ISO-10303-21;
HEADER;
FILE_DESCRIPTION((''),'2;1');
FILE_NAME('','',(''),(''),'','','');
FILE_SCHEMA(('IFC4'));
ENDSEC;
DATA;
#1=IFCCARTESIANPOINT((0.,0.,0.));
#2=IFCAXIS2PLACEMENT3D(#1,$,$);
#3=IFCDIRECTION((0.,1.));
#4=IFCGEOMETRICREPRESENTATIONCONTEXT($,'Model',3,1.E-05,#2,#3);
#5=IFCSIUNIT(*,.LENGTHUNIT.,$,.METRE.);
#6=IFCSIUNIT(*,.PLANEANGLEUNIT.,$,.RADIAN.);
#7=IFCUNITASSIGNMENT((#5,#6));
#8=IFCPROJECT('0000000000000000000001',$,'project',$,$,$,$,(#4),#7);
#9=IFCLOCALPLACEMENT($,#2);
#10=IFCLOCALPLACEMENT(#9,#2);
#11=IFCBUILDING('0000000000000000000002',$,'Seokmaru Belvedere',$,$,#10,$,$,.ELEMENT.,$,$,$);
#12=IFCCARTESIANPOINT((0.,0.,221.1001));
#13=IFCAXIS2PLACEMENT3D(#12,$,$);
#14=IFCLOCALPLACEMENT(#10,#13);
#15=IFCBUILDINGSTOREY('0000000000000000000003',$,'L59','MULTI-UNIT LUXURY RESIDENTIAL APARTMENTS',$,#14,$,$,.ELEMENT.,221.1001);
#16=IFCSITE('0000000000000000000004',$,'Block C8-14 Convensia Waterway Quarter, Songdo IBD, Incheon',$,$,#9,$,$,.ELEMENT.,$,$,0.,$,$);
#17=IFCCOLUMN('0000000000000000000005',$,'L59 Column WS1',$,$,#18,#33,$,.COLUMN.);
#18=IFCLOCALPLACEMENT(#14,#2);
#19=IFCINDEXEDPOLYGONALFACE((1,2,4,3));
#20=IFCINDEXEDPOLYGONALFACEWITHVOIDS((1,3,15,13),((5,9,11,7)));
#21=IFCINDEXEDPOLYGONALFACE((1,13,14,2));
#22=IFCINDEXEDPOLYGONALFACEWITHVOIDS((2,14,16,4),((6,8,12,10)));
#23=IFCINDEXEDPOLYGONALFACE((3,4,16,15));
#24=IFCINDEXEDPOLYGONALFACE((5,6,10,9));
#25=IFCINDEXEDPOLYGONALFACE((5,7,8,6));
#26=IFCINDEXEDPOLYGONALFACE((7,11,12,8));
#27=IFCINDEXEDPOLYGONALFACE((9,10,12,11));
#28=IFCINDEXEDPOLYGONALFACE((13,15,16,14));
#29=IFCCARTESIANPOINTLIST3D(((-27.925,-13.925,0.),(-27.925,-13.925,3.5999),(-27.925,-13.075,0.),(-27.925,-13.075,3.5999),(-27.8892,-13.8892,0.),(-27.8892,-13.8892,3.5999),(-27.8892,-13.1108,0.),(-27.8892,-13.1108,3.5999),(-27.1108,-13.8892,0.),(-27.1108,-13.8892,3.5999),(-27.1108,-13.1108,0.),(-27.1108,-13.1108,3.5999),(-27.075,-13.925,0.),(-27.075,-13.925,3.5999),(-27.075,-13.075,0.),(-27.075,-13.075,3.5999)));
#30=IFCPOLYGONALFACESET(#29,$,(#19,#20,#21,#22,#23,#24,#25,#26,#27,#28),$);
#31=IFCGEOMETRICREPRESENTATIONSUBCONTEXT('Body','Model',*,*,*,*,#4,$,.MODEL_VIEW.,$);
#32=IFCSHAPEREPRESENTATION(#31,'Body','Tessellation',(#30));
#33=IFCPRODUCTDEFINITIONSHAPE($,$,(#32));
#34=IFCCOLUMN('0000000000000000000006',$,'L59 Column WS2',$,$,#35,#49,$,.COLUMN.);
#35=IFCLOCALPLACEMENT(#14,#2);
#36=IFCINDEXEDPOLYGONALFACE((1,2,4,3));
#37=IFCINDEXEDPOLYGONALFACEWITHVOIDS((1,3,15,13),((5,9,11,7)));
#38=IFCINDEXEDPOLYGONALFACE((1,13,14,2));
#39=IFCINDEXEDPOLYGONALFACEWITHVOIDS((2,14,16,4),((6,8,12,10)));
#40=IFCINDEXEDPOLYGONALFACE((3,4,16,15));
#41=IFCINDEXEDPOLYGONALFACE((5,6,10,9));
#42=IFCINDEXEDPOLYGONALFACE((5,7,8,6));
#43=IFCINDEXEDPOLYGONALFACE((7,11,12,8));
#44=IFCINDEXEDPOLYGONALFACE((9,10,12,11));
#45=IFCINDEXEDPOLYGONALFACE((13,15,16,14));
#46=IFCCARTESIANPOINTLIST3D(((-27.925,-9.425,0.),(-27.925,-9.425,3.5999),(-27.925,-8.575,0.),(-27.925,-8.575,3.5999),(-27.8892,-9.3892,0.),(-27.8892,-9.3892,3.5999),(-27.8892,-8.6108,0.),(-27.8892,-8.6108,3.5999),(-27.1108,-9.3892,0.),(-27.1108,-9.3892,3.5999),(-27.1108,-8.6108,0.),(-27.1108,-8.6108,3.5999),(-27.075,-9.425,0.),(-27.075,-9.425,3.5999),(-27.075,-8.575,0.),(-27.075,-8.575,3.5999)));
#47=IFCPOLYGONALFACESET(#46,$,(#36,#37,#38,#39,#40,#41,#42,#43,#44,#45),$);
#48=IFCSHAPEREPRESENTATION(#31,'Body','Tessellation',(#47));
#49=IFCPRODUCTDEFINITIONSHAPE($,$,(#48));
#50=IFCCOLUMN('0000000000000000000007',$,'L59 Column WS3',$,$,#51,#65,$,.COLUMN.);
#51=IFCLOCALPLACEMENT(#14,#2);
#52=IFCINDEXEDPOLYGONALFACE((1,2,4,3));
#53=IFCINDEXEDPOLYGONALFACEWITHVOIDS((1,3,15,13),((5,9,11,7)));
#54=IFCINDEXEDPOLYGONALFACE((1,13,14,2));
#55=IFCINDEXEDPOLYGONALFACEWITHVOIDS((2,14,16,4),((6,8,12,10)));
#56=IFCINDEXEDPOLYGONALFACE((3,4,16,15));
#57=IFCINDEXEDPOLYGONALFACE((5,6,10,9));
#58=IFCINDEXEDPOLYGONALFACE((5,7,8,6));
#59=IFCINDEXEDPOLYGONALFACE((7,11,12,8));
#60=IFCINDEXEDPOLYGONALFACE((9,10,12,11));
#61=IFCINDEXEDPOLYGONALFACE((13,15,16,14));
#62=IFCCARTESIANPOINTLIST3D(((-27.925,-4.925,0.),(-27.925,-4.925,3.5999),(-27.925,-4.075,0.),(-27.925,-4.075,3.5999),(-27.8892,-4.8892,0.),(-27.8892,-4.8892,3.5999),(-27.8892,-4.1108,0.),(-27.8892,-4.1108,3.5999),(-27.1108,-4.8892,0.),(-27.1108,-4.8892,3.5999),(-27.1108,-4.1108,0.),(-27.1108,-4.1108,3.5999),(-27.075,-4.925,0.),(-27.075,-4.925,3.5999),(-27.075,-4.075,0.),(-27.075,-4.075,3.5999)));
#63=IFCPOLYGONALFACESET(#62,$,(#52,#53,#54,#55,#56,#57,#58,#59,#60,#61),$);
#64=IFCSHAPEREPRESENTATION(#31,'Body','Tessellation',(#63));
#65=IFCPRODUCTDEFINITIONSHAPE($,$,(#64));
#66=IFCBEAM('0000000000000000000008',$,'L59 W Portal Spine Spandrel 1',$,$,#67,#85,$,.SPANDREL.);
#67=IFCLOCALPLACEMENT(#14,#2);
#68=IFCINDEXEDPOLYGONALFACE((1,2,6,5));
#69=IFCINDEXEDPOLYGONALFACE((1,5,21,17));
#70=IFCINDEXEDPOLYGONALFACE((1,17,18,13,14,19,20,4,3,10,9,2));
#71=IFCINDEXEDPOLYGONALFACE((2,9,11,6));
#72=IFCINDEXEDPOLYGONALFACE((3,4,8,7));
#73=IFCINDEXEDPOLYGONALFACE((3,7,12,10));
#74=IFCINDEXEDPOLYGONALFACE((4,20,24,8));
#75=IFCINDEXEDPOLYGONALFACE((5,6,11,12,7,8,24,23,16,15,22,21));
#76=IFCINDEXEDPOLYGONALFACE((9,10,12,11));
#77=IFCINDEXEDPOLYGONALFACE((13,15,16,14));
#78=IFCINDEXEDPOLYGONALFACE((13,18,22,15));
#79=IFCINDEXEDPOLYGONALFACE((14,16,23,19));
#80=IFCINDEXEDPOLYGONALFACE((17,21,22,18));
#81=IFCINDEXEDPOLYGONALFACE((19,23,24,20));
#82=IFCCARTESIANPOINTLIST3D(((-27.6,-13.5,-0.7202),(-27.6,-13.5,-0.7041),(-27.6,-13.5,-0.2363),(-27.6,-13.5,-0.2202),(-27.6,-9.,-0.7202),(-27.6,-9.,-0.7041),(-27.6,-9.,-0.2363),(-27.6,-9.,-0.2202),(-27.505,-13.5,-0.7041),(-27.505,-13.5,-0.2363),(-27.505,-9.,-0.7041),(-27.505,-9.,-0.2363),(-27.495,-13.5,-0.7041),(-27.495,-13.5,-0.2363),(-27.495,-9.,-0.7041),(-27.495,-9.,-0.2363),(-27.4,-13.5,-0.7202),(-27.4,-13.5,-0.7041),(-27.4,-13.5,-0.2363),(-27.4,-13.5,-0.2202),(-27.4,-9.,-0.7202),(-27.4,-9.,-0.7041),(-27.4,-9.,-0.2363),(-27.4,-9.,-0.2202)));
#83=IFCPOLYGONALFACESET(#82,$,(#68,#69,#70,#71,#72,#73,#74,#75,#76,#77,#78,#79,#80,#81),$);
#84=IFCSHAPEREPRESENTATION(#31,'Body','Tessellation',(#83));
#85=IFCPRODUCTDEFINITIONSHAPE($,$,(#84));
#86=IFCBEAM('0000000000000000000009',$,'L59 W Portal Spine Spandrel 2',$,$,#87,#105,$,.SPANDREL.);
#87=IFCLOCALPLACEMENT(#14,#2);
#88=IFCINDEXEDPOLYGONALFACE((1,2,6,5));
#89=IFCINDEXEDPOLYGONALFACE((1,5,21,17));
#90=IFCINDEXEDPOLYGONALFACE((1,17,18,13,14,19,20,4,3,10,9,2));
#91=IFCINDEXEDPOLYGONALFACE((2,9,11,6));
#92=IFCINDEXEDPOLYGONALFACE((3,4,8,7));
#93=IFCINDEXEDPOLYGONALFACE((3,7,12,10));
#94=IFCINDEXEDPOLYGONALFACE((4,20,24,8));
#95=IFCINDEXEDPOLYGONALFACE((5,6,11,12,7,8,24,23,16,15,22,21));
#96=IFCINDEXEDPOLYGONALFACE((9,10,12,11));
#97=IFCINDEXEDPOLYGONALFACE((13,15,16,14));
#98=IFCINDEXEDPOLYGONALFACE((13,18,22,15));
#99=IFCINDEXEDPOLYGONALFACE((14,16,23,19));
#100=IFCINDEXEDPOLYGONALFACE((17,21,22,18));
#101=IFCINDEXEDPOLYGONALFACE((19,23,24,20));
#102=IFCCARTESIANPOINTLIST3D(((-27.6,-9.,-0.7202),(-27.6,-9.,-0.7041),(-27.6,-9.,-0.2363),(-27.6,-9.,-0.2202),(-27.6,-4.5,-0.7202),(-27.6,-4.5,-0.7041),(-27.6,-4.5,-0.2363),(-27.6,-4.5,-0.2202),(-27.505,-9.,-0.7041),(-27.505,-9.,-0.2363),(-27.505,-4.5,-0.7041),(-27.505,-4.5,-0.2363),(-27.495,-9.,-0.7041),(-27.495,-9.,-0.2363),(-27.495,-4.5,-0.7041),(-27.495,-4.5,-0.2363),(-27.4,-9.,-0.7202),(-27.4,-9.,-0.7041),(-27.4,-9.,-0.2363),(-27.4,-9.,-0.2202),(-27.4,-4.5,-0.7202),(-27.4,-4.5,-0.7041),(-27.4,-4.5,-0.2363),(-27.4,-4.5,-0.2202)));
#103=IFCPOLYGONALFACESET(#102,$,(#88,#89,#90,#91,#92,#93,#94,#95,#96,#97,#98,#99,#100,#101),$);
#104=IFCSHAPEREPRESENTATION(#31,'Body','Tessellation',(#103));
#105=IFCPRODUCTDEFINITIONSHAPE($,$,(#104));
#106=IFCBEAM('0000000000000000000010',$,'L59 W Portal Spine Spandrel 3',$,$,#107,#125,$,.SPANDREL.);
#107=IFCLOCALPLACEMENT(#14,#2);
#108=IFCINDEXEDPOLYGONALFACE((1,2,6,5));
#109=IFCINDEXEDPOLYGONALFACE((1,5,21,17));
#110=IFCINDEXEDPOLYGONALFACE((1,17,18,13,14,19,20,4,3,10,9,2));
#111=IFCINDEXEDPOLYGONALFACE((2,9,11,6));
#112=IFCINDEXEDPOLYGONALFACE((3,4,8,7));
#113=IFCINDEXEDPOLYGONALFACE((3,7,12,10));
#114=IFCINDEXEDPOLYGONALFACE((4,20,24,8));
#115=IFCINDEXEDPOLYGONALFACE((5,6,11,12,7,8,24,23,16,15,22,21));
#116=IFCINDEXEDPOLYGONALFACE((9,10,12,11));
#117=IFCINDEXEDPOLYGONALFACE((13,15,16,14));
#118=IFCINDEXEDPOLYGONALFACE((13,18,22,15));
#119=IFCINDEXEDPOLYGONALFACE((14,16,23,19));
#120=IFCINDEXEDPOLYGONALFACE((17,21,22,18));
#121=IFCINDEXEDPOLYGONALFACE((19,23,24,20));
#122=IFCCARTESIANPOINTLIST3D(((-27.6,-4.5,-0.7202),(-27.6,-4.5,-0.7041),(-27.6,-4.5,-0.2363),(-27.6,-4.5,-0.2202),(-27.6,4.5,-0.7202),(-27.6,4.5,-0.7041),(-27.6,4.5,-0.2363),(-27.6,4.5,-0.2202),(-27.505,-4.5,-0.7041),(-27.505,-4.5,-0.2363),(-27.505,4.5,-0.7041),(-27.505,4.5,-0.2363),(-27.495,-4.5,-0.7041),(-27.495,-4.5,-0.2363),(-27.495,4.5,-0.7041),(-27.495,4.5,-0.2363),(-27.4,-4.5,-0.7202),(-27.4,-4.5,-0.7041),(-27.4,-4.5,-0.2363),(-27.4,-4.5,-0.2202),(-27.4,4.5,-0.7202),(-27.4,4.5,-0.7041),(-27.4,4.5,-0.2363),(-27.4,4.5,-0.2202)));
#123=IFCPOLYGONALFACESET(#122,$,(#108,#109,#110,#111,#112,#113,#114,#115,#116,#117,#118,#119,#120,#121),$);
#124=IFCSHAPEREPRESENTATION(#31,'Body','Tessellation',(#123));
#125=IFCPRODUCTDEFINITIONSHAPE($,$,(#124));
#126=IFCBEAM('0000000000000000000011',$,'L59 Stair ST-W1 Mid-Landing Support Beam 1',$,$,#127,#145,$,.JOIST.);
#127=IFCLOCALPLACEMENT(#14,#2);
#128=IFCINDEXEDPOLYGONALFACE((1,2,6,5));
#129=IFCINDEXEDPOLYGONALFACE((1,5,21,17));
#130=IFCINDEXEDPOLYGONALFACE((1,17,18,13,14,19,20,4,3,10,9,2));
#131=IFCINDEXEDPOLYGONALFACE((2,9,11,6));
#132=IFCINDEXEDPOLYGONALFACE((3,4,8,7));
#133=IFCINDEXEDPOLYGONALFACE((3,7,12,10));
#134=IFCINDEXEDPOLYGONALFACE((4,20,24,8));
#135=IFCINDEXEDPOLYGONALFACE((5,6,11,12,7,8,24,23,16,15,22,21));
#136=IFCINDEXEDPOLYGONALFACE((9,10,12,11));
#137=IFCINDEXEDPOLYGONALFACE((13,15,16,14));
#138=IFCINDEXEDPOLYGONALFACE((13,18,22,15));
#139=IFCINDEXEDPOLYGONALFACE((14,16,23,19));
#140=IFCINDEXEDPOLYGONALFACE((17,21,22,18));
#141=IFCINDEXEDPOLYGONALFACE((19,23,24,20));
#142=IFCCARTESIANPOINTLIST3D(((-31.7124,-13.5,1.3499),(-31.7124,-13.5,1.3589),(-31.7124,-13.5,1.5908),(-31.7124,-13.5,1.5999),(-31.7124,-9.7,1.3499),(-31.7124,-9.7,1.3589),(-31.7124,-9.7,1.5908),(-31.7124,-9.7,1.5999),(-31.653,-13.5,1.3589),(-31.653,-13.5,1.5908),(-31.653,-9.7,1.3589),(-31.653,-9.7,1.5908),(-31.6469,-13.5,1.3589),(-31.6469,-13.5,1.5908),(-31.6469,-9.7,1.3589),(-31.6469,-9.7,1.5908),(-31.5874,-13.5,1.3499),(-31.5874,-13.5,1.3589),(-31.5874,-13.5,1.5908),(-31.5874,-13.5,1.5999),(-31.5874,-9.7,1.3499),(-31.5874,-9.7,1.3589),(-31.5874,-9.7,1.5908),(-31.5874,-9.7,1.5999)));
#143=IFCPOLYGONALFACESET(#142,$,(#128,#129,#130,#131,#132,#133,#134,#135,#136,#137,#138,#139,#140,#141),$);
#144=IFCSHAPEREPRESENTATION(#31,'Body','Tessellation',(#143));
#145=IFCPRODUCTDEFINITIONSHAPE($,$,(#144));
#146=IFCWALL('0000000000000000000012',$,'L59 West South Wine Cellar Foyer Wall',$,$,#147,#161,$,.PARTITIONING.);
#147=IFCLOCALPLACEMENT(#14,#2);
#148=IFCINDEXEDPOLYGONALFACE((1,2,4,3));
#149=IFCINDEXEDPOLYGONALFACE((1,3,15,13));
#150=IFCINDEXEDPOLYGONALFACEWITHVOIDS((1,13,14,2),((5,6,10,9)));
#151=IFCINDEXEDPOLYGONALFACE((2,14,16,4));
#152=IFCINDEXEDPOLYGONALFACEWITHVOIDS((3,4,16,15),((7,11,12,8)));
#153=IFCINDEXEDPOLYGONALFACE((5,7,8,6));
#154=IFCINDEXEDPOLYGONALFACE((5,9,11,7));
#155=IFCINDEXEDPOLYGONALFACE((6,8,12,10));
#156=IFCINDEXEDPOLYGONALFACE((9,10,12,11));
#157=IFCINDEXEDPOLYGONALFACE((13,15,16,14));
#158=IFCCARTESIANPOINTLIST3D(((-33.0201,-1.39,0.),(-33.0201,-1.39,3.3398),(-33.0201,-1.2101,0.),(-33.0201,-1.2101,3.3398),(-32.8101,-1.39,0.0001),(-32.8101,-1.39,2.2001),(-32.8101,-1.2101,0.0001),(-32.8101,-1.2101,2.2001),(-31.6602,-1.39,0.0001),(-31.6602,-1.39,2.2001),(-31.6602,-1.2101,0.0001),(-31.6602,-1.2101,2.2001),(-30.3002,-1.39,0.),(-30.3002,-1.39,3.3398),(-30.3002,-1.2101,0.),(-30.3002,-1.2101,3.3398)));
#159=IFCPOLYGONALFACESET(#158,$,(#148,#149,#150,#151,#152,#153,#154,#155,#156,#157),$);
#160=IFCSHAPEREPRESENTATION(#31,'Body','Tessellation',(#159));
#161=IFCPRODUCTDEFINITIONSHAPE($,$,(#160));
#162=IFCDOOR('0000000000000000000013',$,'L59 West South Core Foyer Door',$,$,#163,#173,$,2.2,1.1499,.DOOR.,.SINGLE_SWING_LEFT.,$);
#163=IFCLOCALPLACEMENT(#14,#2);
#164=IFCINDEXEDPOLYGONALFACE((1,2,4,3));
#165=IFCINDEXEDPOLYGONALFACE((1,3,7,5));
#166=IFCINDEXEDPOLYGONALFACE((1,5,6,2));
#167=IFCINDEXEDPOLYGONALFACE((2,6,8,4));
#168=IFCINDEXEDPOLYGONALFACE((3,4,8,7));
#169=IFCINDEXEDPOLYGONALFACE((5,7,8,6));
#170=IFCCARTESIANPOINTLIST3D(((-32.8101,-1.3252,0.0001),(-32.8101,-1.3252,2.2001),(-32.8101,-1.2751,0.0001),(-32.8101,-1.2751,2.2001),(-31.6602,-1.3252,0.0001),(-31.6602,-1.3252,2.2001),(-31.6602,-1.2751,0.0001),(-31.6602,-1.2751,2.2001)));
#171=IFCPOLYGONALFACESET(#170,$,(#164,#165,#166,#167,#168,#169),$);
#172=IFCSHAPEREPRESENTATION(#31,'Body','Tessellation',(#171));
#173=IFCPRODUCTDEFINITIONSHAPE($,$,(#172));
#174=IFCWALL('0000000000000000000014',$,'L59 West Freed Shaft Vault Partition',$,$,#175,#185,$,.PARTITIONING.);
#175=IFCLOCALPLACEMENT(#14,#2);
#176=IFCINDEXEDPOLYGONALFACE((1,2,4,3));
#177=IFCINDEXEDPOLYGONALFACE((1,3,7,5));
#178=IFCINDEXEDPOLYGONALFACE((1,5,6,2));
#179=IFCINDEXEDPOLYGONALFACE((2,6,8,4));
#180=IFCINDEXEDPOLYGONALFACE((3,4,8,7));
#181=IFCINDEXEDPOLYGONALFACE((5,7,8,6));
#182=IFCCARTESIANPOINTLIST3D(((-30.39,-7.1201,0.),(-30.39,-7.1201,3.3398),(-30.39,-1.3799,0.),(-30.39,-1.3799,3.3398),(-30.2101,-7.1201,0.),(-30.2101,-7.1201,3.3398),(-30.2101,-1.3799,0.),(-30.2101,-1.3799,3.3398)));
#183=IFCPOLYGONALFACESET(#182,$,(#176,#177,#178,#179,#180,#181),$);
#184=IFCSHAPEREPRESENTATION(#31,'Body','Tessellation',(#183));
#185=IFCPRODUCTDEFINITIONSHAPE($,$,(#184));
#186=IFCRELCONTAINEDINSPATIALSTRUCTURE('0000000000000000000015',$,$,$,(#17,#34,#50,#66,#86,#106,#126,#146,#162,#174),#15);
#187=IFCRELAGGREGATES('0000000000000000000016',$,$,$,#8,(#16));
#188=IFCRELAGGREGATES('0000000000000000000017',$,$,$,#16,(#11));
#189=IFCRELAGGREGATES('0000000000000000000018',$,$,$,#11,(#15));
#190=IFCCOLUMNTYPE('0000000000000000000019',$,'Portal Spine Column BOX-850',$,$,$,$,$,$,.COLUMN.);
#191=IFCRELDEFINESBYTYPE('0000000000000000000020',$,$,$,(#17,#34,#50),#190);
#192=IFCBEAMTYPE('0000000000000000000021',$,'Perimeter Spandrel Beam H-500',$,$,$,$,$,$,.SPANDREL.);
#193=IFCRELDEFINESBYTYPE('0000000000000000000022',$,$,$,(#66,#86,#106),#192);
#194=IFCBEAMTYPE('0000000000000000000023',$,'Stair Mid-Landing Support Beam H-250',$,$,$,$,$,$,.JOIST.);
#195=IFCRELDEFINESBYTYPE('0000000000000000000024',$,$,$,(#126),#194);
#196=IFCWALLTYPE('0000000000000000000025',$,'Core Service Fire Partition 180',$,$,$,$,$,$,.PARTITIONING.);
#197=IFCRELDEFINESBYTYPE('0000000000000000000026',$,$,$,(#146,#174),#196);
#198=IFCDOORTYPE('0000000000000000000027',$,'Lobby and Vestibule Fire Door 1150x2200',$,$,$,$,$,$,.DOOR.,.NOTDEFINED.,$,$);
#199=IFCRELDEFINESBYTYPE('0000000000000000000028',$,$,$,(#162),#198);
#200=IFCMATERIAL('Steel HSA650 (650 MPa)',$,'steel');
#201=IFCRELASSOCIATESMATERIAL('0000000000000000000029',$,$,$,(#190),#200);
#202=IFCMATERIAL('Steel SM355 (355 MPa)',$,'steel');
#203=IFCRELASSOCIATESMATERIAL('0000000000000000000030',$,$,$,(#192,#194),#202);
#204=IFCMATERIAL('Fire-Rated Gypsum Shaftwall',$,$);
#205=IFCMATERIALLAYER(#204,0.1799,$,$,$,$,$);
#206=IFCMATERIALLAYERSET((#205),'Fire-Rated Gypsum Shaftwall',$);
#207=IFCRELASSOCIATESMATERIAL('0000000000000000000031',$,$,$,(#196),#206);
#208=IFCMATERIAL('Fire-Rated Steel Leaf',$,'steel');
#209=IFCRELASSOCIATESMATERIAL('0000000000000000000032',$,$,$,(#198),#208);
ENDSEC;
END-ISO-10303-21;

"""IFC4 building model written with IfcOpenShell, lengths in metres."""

from ifc_helpers import new_model, si_unit, direction, frame, frame_2d, origin, origin_2d, place, context, subcontext, project, spatial, rectangle, hollow_rectangle, i_section, extrude, source, transform, mapped, material, layer, layer_set, material_profile, profile_set, type_object, type_shapes, element, fill, save


model = new_model("IFC4")

# Units and contexts
model_context = context("Model", 3, precision=1e-05, world=origin(), true_north=direction((0.0, 1.0)))
body_context = subcontext(model_context, "Body", "Model", "MODEL_VIEW")
ifc_project = project(units=[si_unit("LENGTHUNIT", "METRE"), si_unit("PLANEANGLEUNIT", "RADIAN")], contexts=[model_context])

# Site, building, storey
site_placement = place(None, origin())
site = spatial("IfcSite", under=ifc_project, at=site_placement, Name="Block C8-14 Convensia Waterway Quarter, Songdo IBD, Incheon", CompositionType="ELEMENT", RefElevation=0.0)
building_placement = place(site_placement, origin())
building = spatial("IfcBuilding", under=site, at=building_placement, Name="Seokmaru Belvedere", CompositionType="ELEMENT")
storey_placement = place(building_placement, frame((0.0, 0.0, 221.1001)))
storey = spatial("IfcBuildingStorey", under=building, at=storey_placement, Name="L59", Description="MULTI-UNIT LUXURY RESIDENTIAL APARTMENTS", CompositionType="ELEMENT", Elevation=221.1001)

# Columns
ifc_material_1 = material(Name="Steel HSA650 (650 MPa)", Category="steel")
ifc_material_profile_1 = material_profile(ifc_material_1, hollow_rectangle(XDim=0.8501, YDim=0.8501, WallThickness=0.0359, at=origin_2d()), Name="BOX-850x850x36")
ifc_profile_set_1 = profile_set([ifc_material_profile_1], Name="Steel HSA650 (650 MPa)")
column_type = type_object("IfcColumnType", Name="Portal Spine Column BOX-850", PredefinedType="COLUMN", material=ifc_profile_set_1)
shared_shape_1 = source(origin(), body_context, "Body", "SweptSolid", [
    extrude(hollow_rectangle(XDim=0.8501, YDim=0.8501, WallThickness=0.0359, at=origin_2d()), origin(), (0.0, 0.0, 1.0), 3.5999),
])
type_shapes(column_type, [shared_shape_1])
for number, where, z_axis, x_axis, name in (
    (1, (-27.5, -13.5, 0.0), (0.0, 0.0, 1.0), (1.0, 0.0, 0.0), "L59 Column WS1"),
    (2, (-27.5, -9.0, 0.0), (0.0, 0.0, 1.0), (1.0, 0.0, 0.0), "L59 Column WS2"),
    (3, (-27.5, -4.5, 0.0), (0.0, 0.0, 1.0), (1.0, 0.0, 0.0), "L59 Column WS3"),
):
    element("IfcColumn", number, at=place(storey_placement, frame(where, z_axis=z_axis, x_axis=x_axis)), inside=storey, type_object=column_type, Name=name, PredefinedType="COLUMN", context=body_context, shape_type="MappedRepresentation", body=[
        mapped(shared_shape_1, transform((0.0, 0.0, 0.0), scale=1.0)),
    ])

# Beams
ifc_material_2 = material(Name="Steel SM355 (355 MPa)", Category="steel")
ifc_material_profile_2 = material_profile(ifc_material_2, i_section(OverallWidth=0.2, OverallDepth=0.5, WebThickness=0.01, FlangeThickness=0.0161, at=origin_2d()), Name="H-500x200x10x16")
ifc_profile_set_2 = profile_set([ifc_material_profile_2], Name="Steel SM355 (355 MPa)")
beam_type_1 = type_object("IfcBeamType", Name="Perimeter Spandrel Beam H-500", PredefinedType="SPANDREL", material=ifc_profile_set_2)
shared_shape_2 = source(origin(), body_context, "Body", "SweptSolid", [
    extrude(i_section(OverallWidth=0.2, OverallDepth=0.5, WebThickness=0.01, FlangeThickness=0.0161, at=origin_2d()), origin(), (0.0, 0.0, 1.0), 4.5),
])
for number, where, z_axis, x_axis, name in (
    (4, (-27.5, -13.5, -0.4702), (0.0, 1.0, 0.0), (-1.0, 0.0, 0.0), "L59 W Portal Spine Spandrel 1"),
    (5, (-27.5, -9.0, -0.4702), (0.0, 1.0, 0.0), (-1.0, 0.0, 0.0), "L59 W Portal Spine Spandrel 2"),
):
    element("IfcBeam", number, at=place(storey_placement, frame(where, z_axis=z_axis, x_axis=x_axis)), inside=storey, type_object=beam_type_1, Name=name, PredefinedType="SPANDREL", context=body_context, shape_type="MappedRepresentation", body=[
        mapped(shared_shape_2, transform((0.0, 0.0, 0.0), scale=1.0)),
    ])
shared_shape_3 = source(origin(), body_context, "Body", "SweptSolid", [
    extrude(i_section(OverallWidth=0.2, OverallDepth=0.5, WebThickness=0.01, FlangeThickness=0.0161, at=origin_2d()), origin(), (0.0, 0.0, 1.0), 9.0),
])
type_shapes(beam_type_1, [shared_shape_2, shared_shape_3])
beam_1_placement = place(storey_placement, frame((-27.5, -4.5, -0.4702), z_axis=(0.0, 1.0, 0.0), x_axis=(-1.0, 0.0, 0.0)))
element("IfcBeam", 6, at=beam_1_placement, inside=storey, type_object=beam_type_1, Name="L59 W Portal Spine Spandrel 3", PredefinedType="SPANDREL", context=body_context, shape_type="MappedRepresentation", body=[
    mapped(shared_shape_3, transform((0.0, 0.0, 0.0), scale=1.0)),
])
ifc_material_profile_3 = material_profile(ifc_material_2, i_section(OverallWidth=0.125, OverallDepth=0.25, WebThickness=0.0061, FlangeThickness=0.009, at=origin_2d()), Name="H-250x125x6x9")
ifc_profile_set_3 = profile_set([ifc_material_profile_3], Name="Steel SM355 (355 MPa)")
beam_type_2 = type_object("IfcBeamType", Name="Stair Mid-Landing Support Beam H-250", PredefinedType="JOIST", material=ifc_profile_set_3)
shared_shape_4 = source(origin(), body_context, "Body", "SweptSolid", [
    extrude(i_section(OverallWidth=0.125, OverallDepth=0.25, WebThickness=0.0061, FlangeThickness=0.009, at=origin_2d()), origin(), (0.0, 0.0, 1.0), 3.8),
])
type_shapes(beam_type_2, [shared_shape_4])
beam_2_placement = place(storey_placement, frame((-31.6499, -13.5, 1.4749), z_axis=(0.0, 1.0, 0.0), x_axis=(-1.0, 0.0, 0.0)))
element("IfcBeam", 7, at=beam_2_placement, inside=storey, type_object=beam_type_2, Name="L59 Stair ST-W1 Mid-Landing Support Beam 1", PredefinedType="JOIST", context=body_context, shape_type="MappedRepresentation", body=[
    mapped(shared_shape_4, transform((0.0, 0.0, 0.0), scale=1.0)),
])

# Wall, opening, door
ifc_material_3 = material(Name="Fire-Rated Gypsum Shaftwall")
ifc_layer_1 = layer(ifc_material_3, 0.1799)
ifc_layer_set_1 = layer_set([ifc_layer_1], Name="Fire-Rated Gypsum Shaftwall")
wall_type_1 = type_object("IfcWallType", Name="Core Service Fire Partition 180", PredefinedType="PARTITIONING", material=ifc_layer_set_1)
ifc_material_4 = material(Name="Fire-Rated Steel Leaf", Category="steel")
wall_1_placement = place(storey_placement, frame((-33.02, -1.3, 0.0), z_axis=(0.0, 0.0, 1.0), x_axis=(1.0, 0.0, 0.0)))
wall_1 = element("IfcWall", 8, at=wall_1_placement, inside=storey, type_object=wall_type_1, Name="L59 West South Wine Cellar Foyer Wall", PredefinedType="PARTITIONING", context=body_context, shape_type="SweptSolid", body=[
    extrude(rectangle(XDim=2.72, YDim=0.1799, at=frame_2d((1.3599, 0.0))), origin(), (0.0, 0.0, 1.0), 3.3398),
])
opening_1_placement = place(wall_1_placement, frame((0.21, 0.0, 0.0)))
opening_1 = element("IfcOpeningElement", 9, at=opening_1_placement, cuts=wall_1, PredefinedType="OPENING", context=body_context, shape_type="SweptSolid", body=[
    extrude(rectangle(XDim=1.1499, YDim=2.2, at=frame_2d((0.575, 1.1001))), frame((0.0, 0.1001, 0.0), z_axis=(0.0, -1.0, 0.0), x_axis=(1.0, 0.0, 0.0)), (0.0, 0.0, 1.0), 0.2),
])
door_type_1 = type_object("IfcDoorType", Name="Lobby and Vestibule Fire Door 1150x2200", OperationType="NOTDEFINED", PredefinedType="DOOR", material=ifc_material_4)
shared_shape_5 = source(origin(), body_context, "Body", "SweptSolid", [
    extrude(rectangle(XDim=1.1499, YDim=2.2, at=frame_2d((0.575, 1.1001))), frame((0.0, 0.0249, 0.0), z_axis=(0.0, -1.0, 0.0), x_axis=(1.0, 0.0, 0.0)), (0.0, 0.0, 1.0), 0.05),
])
type_shapes(door_type_1, [shared_shape_5])
door_1_placement = place(opening_1_placement, origin())
door_1 = element("IfcDoor", 10, at=door_1_placement, inside=storey, type_object=door_type_1, Name="L59 West South Core Foyer Door", OperationType="SINGLE_SWING_LEFT", OverallHeight=2.2, OverallWidth=1.1499, PredefinedType="DOOR", context=body_context, shape_type="MappedRepresentation", body=[
    mapped(shared_shape_5, transform((0.0, 0.0, 0.0), scale=1.0)),
])
fill(opening_1, door_1)

# Wall
wall_2_placement = place(storey_placement, frame((-30.3, -7.1201, 0.0), z_axis=(0.0, 0.0, 1.0), x_axis=(0.0, 1.0, 0.0)))
element("IfcWall", 11, at=wall_2_placement, inside=storey, type_object=wall_type_1, Name="L59 West Freed Shaft Vault Partition", PredefinedType="PARTITIONING", context=body_context, shape_type="SweptSolid", body=[
    extrude(rectangle(XDim=5.7402, YDim=0.1799, at=frame_2d((2.8701, 0.0))), origin(), (0.0, 0.0, 1.0), 3.3398),
])

save(model, "model.ifc")
